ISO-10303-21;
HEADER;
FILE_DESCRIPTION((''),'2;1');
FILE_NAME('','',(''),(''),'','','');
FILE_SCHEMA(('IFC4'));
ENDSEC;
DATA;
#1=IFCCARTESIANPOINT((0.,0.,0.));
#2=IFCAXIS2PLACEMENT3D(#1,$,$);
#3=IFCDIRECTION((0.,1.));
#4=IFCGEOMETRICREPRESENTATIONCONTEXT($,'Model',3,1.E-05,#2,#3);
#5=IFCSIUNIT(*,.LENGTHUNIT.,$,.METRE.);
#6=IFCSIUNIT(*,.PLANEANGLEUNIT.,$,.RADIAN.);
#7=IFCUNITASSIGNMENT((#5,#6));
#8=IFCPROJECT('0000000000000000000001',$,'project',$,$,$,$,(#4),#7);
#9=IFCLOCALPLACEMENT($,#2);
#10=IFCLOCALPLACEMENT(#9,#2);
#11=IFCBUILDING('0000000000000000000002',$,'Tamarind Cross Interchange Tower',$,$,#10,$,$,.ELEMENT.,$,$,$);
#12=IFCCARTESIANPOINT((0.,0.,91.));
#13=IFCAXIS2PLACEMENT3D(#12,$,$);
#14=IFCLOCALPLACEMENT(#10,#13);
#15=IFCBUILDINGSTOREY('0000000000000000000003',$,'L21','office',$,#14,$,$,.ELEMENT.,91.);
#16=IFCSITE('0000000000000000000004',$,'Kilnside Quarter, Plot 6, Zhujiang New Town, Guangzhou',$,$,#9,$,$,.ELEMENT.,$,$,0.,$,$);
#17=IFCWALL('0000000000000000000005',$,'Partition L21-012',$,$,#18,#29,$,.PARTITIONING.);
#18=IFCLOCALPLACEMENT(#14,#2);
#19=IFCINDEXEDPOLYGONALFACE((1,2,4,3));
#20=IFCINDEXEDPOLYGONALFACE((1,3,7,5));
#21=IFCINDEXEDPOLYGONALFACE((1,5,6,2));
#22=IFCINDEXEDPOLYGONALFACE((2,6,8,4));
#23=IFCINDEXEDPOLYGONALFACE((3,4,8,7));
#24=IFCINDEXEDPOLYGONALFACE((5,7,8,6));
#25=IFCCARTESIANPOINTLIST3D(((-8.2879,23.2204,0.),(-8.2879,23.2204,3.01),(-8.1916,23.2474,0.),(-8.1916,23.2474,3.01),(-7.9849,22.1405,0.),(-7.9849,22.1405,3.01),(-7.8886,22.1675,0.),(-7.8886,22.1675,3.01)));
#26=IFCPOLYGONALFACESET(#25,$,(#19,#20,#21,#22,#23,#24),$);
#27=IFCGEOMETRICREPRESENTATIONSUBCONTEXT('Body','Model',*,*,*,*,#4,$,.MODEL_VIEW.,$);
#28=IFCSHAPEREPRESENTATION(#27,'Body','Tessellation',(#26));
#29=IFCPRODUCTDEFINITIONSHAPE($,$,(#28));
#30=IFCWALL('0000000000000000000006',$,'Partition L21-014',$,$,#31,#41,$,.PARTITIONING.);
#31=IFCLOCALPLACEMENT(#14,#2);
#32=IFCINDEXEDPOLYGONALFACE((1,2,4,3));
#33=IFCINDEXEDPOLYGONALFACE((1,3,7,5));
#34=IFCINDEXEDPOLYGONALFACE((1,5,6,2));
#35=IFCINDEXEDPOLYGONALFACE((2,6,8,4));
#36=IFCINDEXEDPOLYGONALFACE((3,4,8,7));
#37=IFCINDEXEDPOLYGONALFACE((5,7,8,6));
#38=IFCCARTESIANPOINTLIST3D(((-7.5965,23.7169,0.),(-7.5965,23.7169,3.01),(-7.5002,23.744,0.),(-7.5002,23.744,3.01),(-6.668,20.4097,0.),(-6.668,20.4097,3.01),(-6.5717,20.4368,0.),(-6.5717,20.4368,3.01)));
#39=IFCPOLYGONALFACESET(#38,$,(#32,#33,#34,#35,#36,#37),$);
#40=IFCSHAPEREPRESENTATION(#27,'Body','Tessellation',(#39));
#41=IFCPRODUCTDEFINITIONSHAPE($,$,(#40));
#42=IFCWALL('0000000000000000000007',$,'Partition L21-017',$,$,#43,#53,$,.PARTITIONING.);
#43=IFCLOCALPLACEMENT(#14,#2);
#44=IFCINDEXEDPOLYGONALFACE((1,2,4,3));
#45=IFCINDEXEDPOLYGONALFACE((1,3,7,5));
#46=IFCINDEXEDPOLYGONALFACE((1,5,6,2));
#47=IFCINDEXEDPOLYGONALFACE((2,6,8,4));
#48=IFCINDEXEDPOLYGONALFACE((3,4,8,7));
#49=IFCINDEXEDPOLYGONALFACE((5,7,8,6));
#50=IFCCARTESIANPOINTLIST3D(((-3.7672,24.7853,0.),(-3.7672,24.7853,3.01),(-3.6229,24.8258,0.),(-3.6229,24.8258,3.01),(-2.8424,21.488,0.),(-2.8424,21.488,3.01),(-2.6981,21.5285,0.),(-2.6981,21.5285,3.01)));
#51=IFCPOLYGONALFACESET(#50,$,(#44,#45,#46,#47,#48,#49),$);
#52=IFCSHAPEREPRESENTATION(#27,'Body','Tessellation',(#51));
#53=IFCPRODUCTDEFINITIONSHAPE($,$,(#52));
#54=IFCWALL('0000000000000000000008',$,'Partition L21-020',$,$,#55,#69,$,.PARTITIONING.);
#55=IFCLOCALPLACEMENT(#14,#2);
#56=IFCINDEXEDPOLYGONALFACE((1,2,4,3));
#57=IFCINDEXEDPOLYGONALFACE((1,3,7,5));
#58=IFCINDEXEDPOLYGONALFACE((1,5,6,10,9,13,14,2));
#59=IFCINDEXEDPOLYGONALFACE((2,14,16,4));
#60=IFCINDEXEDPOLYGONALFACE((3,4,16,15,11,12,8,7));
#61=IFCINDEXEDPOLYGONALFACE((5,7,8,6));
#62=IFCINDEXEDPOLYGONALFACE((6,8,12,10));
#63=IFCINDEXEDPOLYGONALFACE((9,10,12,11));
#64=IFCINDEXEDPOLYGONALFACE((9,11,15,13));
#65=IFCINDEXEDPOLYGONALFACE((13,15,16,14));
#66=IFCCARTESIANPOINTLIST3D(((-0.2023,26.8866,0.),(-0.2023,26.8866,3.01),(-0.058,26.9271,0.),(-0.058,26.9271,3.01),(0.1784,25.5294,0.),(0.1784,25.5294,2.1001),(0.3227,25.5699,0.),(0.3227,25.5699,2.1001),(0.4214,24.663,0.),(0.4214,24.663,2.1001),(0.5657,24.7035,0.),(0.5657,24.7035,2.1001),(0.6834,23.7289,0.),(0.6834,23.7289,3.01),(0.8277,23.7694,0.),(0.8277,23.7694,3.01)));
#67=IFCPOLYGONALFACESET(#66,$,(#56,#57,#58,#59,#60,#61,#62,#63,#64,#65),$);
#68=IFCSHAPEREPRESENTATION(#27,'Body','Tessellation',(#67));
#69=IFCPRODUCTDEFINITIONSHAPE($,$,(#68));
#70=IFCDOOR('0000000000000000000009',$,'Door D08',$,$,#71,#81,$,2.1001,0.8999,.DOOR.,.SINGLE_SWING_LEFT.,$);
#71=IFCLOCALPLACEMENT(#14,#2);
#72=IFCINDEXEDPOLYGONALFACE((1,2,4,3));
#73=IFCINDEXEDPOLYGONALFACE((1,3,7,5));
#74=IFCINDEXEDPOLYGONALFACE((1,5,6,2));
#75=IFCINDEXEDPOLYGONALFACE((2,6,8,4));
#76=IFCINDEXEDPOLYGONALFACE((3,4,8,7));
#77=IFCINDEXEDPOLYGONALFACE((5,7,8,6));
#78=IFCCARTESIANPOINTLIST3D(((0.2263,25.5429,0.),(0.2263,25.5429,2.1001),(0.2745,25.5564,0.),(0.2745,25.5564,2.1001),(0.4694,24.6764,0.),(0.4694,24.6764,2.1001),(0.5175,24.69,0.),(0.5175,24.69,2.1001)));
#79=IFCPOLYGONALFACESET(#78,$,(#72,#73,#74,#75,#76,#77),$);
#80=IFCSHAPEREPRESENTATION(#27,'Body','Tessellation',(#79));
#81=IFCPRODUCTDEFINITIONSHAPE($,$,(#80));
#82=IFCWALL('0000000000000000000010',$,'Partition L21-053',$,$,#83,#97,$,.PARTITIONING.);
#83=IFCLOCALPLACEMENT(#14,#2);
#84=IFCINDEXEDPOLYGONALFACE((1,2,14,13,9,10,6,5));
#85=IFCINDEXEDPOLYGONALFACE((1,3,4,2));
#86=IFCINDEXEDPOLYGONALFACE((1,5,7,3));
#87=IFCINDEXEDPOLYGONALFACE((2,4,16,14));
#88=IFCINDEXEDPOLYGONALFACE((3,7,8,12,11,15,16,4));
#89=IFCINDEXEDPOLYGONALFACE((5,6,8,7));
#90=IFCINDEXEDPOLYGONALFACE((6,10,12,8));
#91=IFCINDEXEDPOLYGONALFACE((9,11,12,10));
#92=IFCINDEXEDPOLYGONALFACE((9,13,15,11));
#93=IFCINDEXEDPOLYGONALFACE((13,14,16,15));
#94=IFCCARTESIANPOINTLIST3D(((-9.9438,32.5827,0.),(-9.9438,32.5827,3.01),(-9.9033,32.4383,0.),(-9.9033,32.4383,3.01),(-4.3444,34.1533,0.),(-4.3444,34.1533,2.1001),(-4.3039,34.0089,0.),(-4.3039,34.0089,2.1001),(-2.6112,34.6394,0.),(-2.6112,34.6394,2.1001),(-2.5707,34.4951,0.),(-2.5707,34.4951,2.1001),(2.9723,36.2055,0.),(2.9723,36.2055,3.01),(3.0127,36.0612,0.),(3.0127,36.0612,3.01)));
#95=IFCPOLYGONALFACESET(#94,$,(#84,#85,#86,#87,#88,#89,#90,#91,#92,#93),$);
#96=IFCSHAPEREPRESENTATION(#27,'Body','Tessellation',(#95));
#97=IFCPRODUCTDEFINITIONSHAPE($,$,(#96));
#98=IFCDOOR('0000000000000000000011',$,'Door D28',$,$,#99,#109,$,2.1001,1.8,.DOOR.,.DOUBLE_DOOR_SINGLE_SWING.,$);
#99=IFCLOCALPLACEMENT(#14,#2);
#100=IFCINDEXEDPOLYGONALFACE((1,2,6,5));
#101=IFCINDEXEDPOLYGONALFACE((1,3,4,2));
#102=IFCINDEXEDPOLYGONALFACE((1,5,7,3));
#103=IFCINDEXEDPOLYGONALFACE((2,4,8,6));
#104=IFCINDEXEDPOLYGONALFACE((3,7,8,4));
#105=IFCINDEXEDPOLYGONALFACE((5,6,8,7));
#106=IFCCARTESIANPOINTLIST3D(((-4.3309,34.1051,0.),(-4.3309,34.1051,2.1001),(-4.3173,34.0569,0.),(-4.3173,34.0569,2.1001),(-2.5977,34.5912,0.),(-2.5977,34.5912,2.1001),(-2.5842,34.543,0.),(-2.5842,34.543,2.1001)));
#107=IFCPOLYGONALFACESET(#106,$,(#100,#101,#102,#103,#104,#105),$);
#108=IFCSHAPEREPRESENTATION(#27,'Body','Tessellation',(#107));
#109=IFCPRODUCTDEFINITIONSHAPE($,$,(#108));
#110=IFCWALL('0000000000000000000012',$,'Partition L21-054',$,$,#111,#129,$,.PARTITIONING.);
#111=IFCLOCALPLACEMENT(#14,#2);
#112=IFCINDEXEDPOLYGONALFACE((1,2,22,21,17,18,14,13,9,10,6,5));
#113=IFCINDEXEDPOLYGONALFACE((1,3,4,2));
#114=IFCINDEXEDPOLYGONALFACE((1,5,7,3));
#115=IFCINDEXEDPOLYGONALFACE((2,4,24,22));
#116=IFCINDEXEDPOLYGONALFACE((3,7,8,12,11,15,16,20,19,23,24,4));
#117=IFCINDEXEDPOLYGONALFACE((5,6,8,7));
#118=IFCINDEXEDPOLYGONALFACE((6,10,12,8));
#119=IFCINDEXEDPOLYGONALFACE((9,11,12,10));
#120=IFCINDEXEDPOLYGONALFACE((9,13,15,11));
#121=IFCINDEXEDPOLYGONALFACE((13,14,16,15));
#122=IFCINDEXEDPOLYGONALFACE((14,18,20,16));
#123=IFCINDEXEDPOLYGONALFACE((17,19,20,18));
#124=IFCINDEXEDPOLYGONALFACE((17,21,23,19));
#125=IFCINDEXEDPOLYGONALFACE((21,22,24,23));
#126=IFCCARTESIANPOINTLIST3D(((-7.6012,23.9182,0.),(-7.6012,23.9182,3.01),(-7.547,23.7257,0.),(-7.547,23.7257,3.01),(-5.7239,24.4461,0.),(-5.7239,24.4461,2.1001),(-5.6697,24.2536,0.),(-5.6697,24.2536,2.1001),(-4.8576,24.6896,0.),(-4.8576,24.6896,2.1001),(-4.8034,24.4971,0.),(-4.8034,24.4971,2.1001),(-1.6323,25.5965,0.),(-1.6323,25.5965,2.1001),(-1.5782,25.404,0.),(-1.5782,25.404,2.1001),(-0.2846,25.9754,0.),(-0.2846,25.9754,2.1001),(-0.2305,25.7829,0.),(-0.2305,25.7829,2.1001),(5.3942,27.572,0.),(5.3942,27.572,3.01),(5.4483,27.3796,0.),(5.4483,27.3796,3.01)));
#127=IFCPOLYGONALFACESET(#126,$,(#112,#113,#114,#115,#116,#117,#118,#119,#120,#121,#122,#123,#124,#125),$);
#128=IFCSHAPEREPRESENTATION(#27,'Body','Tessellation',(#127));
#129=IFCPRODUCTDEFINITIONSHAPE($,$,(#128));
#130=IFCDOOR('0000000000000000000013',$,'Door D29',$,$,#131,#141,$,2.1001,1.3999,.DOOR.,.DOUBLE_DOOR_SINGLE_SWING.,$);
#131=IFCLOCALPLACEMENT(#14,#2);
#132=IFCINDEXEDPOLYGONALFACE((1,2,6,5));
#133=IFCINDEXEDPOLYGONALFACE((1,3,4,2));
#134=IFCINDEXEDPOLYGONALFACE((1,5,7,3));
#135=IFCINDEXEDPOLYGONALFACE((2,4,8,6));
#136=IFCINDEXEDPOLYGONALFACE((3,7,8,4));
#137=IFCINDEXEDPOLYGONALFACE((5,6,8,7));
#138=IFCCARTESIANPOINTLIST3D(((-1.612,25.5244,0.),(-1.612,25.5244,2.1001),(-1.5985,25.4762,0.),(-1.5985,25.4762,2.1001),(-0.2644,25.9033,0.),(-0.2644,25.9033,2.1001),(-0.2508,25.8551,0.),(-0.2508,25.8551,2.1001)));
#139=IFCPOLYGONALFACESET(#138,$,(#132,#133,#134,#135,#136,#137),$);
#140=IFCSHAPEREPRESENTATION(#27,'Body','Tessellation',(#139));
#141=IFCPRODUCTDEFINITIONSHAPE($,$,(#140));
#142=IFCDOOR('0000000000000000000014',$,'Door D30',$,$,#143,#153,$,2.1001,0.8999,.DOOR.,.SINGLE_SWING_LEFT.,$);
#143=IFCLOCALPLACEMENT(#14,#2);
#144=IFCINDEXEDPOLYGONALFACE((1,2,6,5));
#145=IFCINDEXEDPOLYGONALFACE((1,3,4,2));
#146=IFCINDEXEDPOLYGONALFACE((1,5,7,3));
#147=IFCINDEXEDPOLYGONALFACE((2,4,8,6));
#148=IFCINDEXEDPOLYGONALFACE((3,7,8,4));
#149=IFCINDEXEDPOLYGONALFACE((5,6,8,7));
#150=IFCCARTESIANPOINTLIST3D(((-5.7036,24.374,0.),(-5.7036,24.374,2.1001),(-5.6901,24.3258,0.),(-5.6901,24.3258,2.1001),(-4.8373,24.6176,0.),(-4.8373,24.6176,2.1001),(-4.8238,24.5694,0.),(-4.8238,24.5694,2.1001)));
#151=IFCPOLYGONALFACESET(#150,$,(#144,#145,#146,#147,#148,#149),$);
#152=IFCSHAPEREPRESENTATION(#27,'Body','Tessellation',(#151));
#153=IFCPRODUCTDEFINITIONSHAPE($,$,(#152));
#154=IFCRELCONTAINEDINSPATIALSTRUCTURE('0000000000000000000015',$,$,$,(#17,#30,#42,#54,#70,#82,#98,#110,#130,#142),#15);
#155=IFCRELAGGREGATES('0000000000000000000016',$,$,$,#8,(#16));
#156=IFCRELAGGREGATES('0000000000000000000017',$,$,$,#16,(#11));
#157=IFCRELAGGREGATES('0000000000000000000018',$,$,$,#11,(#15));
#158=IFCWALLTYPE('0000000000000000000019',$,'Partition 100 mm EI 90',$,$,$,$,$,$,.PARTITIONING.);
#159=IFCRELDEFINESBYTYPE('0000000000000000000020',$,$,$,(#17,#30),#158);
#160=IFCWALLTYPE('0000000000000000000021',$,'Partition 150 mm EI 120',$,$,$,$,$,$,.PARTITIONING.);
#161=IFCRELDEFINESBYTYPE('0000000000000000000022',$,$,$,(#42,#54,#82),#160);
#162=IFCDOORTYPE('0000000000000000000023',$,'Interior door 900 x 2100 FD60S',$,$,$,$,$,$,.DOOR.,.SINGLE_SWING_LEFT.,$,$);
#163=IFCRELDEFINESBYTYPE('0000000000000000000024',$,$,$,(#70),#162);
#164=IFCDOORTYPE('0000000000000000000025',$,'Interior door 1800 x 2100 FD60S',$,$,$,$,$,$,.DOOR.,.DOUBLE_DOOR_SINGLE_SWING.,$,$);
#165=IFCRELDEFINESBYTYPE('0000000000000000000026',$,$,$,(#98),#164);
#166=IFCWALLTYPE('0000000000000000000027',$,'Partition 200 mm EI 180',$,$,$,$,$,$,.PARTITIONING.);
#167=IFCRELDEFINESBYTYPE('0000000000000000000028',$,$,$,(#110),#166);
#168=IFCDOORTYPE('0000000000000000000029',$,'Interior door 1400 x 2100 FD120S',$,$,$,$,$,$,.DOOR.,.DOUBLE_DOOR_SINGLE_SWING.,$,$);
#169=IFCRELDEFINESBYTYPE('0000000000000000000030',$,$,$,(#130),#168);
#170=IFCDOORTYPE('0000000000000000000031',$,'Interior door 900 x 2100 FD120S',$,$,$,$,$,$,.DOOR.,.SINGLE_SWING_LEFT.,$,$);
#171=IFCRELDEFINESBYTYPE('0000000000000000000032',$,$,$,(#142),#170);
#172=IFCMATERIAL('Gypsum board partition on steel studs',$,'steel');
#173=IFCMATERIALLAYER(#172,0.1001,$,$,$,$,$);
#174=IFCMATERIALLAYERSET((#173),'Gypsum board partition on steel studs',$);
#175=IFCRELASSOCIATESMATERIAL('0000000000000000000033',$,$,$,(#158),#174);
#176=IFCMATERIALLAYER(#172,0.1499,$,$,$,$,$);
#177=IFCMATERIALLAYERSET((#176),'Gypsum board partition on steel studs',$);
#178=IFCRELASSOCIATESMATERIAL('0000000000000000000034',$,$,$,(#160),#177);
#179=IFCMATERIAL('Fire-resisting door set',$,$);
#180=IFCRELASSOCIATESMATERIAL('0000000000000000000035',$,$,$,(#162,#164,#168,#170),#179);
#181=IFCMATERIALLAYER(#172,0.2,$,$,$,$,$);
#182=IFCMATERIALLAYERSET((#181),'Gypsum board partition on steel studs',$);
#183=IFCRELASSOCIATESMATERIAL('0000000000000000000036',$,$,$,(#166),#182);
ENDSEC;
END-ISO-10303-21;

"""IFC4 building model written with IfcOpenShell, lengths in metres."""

from ifc_helpers import new_model, si_unit, direction, frame, frame_2d, origin, place, context, subcontext, project, spatial, rectangle, extrude, material, layer, layer_set, type_object, element, fill, save


model = new_model("IFC4")

# Units and contexts
model_context = context("Model", 3, precision=1e-05, world=origin(), true_north=direction((0.0, 1.0)))
body_context = subcontext(model_context, "Body", "Model", "MODEL_VIEW")
ifc_project = project(units=[si_unit("LENGTHUNIT", "METRE"), si_unit("PLANEANGLEUNIT", "RADIAN")], contexts=[model_context])

# Site, building, storey
site_placement = place(None, origin())
site = spatial("IfcSite", under=ifc_project, at=site_placement, Name="Kilnside Quarter, Plot 6, Zhujiang New Town, Guangzhou", CompositionType="ELEMENT", RefElevation=0.0)
building_placement = place(site_placement, origin())
building = spatial("IfcBuilding", under=site, at=building_placement, Name="Tamarind Cross Interchange Tower", CompositionType="ELEMENT")
storey_placement = place(building_placement, frame((0.0, 0.0, 91.0)))
storey = spatial("IfcBuildingStorey", under=building, at=storey_placement, Name="L21", Description="office", CompositionType="ELEMENT", Elevation=91.0)

# Walls
ifc_material_1 = material(Name="Gypsum board partition on steel studs", Category="steel")
ifc_layer_1 = layer(ifc_material_1, 0.1001)
ifc_layer_set_1 = layer_set([ifc_layer_1], Name="Gypsum board partition on steel studs")
wall_type_1 = type_object("IfcWallType", Name="Partition 100 mm EI 90", PredefinedType="PARTITIONING", material=ifc_layer_set_1)
wall_1_placement = place(storey_placement, frame((-8.2397, 23.2339, 0.0), z_axis=(0.0, 0.0, 1.0), x_axis=(0.270147, -0.962819, 0.0)))
element("IfcWall", 1, at=wall_1_placement, inside=storey, type_object=wall_type_1, Name="Partition L21-012", PredefinedType="PARTITIONING", context=body_context, shape_type="SweptSolid", body=[
    extrude(rectangle(XDim=1.1216, YDim=0.1001, at=frame_2d((0.5608, 0.0))), origin(), (0.0, 0.0, 1.0), 3.01),
])
wall_2_placement = place(storey_placement, frame((-7.5483, 23.7305, 0.0), z_axis=(0.0, 0.0, 1.0), x_axis=(0.270297, -0.962777, 0.0)))
element("IfcWall", 2, at=wall_2_placement, inside=storey, type_object=wall_type_1, Name="Partition L21-014", PredefinedType="PARTITIONING", context=body_context, shape_type="SweptSolid", body=[
    extrude(rectangle(XDim=3.4351, YDim=0.1001, at=frame_2d((1.7175, 0.0))), origin(), (0.0, 0.0, 1.0), 3.01),
])
ifc_layer_2 = layer(ifc_material_1, 0.1499)
ifc_layer_set_2 = layer_set([ifc_layer_2], Name="Gypsum board partition on steel studs")
wall_type_2 = type_object("IfcWallType", Name="Partition 150 mm EI 120", PredefinedType="PARTITIONING", material=ifc_layer_set_2)
wall_3_placement = place(storey_placement, frame((-3.6951, 24.8057, 0.0), z_axis=(0.0, 0.0, 1.0), x_axis=(0.270048, -0.962847, 0.0)))
element("IfcWall", 3, at=wall_3_placement, inside=storey, type_object=wall_type_2, Name="Partition L21-017", PredefinedType="PARTITIONING", context=body_context, shape_type="SweptSolid", body=[
    extrude(rectangle(XDim=3.4246, YDim=0.1499, at=frame_2d((1.7124, 0.0))), origin(), (0.0, 0.0, 1.0), 3.01),
])

# Walls, openings, doors
wall_4_placement = place(storey_placement, frame((-0.1301, 26.9067, 0.0), z_axis=(0.0, 0.0, 1.0), x_axis=(0.270077, -0.962839, 0.0)))
wall_4 = element("IfcWall", 4, at=wall_4_placement, inside=storey, type_object=wall_type_2, Name="Partition L21-020", PredefinedType="PARTITIONING", context=body_context, shape_type="SweptSolid", body=[
    extrude(rectangle(XDim=3.2795, YDim=0.1499, at=frame_2d((1.6396, 0.0))), origin(), (0.0, 0.0, 1.0), 3.01),
])
opening_1_placement = place(wall_4_placement, frame((1.4094, 0.0, 0.0)))
opening_1 = element("IfcOpeningElement", 5, at=opening_1_placement, cuts=wall_4, PredefinedType="OPENING", context=body_context, shape_type="SweptSolid", body=[
    extrude(rectangle(XDim=0.8999, YDim=2.1001, at=frame_2d((0.45, 1.05))), frame((0.0, 0.085, 0.0), z_axis=(0.0, -1.0, 0.0), x_axis=(1.0, 0.0, 0.0)), (0.0, 0.0, 1.0), 0.1699),
])
ifc_material_2 = material(Name="Fire-resisting door set")
door_type_1 = type_object("IfcDoorType", Name="Interior door 900 x 2100 FD60S", OperationType="SINGLE_SWING_LEFT", PredefinedType="DOOR", material=ifc_material_2)
door_1_placement = place(opening_1_placement, origin())
door_1 = element("IfcDoor", 6, at=door_1_placement, inside=storey, type_object=door_type_1, Name="Door D08", OperationType="SINGLE_SWING_LEFT", OverallHeight=2.1001, OverallWidth=0.8999, PredefinedType="DOOR", context=body_context, shape_type="SweptSolid", body=[
    extrude(rectangle(XDim=0.8999, YDim=2.1001, at=frame_2d((0.45, 1.05))), frame((0.0, 0.0249, 0.0), z_axis=(0.0, -1.0, 0.0), x_axis=(1.0, 0.0, 0.0)), (0.0, 0.0, 1.0), 0.05),
])
fill(opening_1, door_1)
wall_5_placement = place(storey_placement, frame((-9.9236, 32.5105, 0.0), z_axis=(0.0, 0.0, 1.0), x_axis=(0.962842, 0.270067, 0.0)))
wall_5 = element("IfcWall", 7, at=wall_5_placement, inside=storey, type_object=wall_type_2, Name="Partition L21-053", PredefinedType="PARTITIONING", context=body_context, shape_type="SweptSolid", body=[
    extrude(rectangle(XDim=13.4146, YDim=0.1499, at=frame_2d((6.7073, 0.0))), origin(), (0.0, 0.0, 1.0), 3.01),
])
opening_2_placement = place(wall_5_placement, frame((5.8157, 0.0, 0.0)))
opening_2 = element("IfcOpeningElement", 8, at=opening_2_placement, cuts=wall_5, PredefinedType="OPENING", context=body_context, shape_type="SweptSolid", body=[
    extrude(rectangle(XDim=1.8, YDim=2.1001, at=frame_2d((0.8999, 1.05))), frame((0.0, 0.085, 0.0), z_axis=(0.0, -1.0, 0.0), x_axis=(1.0, 0.0, 0.0)), (0.0, 0.0, 1.0), 0.1699),
])
door_type_2 = type_object("IfcDoorType", Name="Interior door 1800 x 2100 FD60S", OperationType="DOUBLE_DOOR_SINGLE_SWING", PredefinedType="DOOR", material=ifc_material_2)
door_2_placement = place(opening_2_placement, origin())
door_2 = element("IfcDoor", 9, at=door_2_placement, inside=storey, type_object=door_type_2, Name="Door D28", OperationType="DOUBLE_DOOR_SINGLE_SWING", OverallHeight=2.1001, OverallWidth=1.8, PredefinedType="DOOR", context=body_context, shape_type="SweptSolid", body=[
    extrude(rectangle(XDim=1.8, YDim=2.1001, at=frame_2d((0.8999, 1.05))), frame((0.0, 0.0249, 0.0), z_axis=(0.0, -1.0, 0.0), x_axis=(1.0, 0.0, 0.0)), (0.0, 0.0, 1.0), 0.05),
])
fill(opening_2, door_2)

# Wall, openings, doors
ifc_layer_3 = layer(ifc_material_1, 0.2)
ifc_layer_set_3 = layer_set([ifc_layer_3], Name="Gypsum board partition on steel studs")
wall_type_3 = type_object("IfcWallType", Name="Partition 200 mm EI 180", PredefinedType="PARTITIONING", material=ifc_layer_set_3)
wall_6_placement = place(storey_placement, frame((-7.574, 23.822, 0.0), z_axis=(0.0, 0.0, 1.0), x_axis=(0.962673, 0.270668, 0.0)))
wall_6 = element("IfcWall", 10, at=wall_6_placement, inside=storey, type_object=wall_type_3, Name="Partition L21-054", PredefinedType="PARTITIONING", context=body_context, shape_type="SweptSolid", body=[
    extrude(rectangle(XDim=13.4993, YDim=0.2, at=frame_2d((6.7495, 0.0))), origin(), (0.0, 0.0, 1.0), 3.01),
])
opening_3_placement = place(wall_6_placement, frame((6.2002, 0.0, 0.0)))
opening_3 = element("IfcOpeningElement", 11, at=opening_3_placement, cuts=wall_6, PredefinedType="OPENING", context=body_context, shape_type="SweptSolid", body=[
    extrude(rectangle(XDim=1.3999, YDim=2.1001, at=frame_2d((0.7, 1.05))), frame((0.0, 0.1099, 0.0), z_axis=(0.0, -1.0, 0.0), x_axis=(1.0, 0.0, 0.0)), (0.0, 0.0, 1.0), 0.22),
])
opening_4_placement = place(wall_6_placement, frame((1.95, 0.0, 0.0)))
opening_4 = element("IfcOpeningElement", 12, at=opening_4_placement, cuts=wall_6, PredefinedType="OPENING", context=body_context, shape_type="SweptSolid", body=[
    extrude(rectangle(XDim=0.8999, YDim=2.1001, at=frame_2d((0.45, 1.05))), frame((0.0, 0.1099, 0.0), z_axis=(0.0, -1.0, 0.0), x_axis=(1.0, 0.0, 0.0)), (0.0, 0.0, 1.0), 0.22),
])
door_type_3 = type_object("IfcDoorType", Name="Interior door 1400 x 2100 FD120S", OperationType="DOUBLE_DOOR_SINGLE_SWING", PredefinedType="DOOR", material=ifc_material_2)
door_3_placement = place(opening_3_placement, frame((1.3999, 0.0, 0.0), z_axis=(0.0, 0.0, 1.0), x_axis=(-1.0, 0.0, 0.0)))
door_3 = element("IfcDoor", 13, at=door_3_placement, inside=storey, type_object=door_type_3, Name="Door D29", OperationType="DOUBLE_DOOR_SINGLE_SWING", OverallHeight=2.1001, OverallWidth=1.3999, PredefinedType="DOOR", context=body_context, shape_type="SweptSolid", body=[
    extrude(rectangle(XDim=1.3999, YDim=2.1001, at=frame_2d((0.7, 1.05))), frame((0.0, 0.0249, 0.0), z_axis=(0.0, -1.0, 0.0), x_axis=(1.0, 0.0, 0.0)), (0.0, 0.0, 1.0), 0.05),
])
fill(opening_3, door_3)
door_type_4 = type_object("IfcDoorType", Name="Interior door 900 x 2100 FD120S", OperationType="SINGLE_SWING_LEFT", PredefinedType="DOOR", material=ifc_material_2)
door_4_placement = place(opening_4_placement, frame((0.8999, 0.0, 0.0), z_axis=(0.0, 0.0, 1.0), x_axis=(-1.0, 0.0, 0.0)))
door_4 = element("IfcDoor", 14, at=door_4_placement, inside=storey, type_object=door_type_4, Name="Door D30", OperationType="SINGLE_SWING_LEFT", OverallHeight=2.1001, OverallWidth=0.8999, PredefinedType="DOOR", context=body_context, shape_type="SweptSolid", body=[
    extrude(rectangle(XDim=0.8999, YDim=2.1001, at=frame_2d((0.45, 1.05))), frame((0.0, 0.0249, 0.0), z_axis=(0.0, -1.0, 0.0), x_axis=(1.0, 0.0, 0.0)), (0.0, 0.0, 1.0), 0.05),
])
fill(opening_4, door_4)

save(model, "model.ifc")
